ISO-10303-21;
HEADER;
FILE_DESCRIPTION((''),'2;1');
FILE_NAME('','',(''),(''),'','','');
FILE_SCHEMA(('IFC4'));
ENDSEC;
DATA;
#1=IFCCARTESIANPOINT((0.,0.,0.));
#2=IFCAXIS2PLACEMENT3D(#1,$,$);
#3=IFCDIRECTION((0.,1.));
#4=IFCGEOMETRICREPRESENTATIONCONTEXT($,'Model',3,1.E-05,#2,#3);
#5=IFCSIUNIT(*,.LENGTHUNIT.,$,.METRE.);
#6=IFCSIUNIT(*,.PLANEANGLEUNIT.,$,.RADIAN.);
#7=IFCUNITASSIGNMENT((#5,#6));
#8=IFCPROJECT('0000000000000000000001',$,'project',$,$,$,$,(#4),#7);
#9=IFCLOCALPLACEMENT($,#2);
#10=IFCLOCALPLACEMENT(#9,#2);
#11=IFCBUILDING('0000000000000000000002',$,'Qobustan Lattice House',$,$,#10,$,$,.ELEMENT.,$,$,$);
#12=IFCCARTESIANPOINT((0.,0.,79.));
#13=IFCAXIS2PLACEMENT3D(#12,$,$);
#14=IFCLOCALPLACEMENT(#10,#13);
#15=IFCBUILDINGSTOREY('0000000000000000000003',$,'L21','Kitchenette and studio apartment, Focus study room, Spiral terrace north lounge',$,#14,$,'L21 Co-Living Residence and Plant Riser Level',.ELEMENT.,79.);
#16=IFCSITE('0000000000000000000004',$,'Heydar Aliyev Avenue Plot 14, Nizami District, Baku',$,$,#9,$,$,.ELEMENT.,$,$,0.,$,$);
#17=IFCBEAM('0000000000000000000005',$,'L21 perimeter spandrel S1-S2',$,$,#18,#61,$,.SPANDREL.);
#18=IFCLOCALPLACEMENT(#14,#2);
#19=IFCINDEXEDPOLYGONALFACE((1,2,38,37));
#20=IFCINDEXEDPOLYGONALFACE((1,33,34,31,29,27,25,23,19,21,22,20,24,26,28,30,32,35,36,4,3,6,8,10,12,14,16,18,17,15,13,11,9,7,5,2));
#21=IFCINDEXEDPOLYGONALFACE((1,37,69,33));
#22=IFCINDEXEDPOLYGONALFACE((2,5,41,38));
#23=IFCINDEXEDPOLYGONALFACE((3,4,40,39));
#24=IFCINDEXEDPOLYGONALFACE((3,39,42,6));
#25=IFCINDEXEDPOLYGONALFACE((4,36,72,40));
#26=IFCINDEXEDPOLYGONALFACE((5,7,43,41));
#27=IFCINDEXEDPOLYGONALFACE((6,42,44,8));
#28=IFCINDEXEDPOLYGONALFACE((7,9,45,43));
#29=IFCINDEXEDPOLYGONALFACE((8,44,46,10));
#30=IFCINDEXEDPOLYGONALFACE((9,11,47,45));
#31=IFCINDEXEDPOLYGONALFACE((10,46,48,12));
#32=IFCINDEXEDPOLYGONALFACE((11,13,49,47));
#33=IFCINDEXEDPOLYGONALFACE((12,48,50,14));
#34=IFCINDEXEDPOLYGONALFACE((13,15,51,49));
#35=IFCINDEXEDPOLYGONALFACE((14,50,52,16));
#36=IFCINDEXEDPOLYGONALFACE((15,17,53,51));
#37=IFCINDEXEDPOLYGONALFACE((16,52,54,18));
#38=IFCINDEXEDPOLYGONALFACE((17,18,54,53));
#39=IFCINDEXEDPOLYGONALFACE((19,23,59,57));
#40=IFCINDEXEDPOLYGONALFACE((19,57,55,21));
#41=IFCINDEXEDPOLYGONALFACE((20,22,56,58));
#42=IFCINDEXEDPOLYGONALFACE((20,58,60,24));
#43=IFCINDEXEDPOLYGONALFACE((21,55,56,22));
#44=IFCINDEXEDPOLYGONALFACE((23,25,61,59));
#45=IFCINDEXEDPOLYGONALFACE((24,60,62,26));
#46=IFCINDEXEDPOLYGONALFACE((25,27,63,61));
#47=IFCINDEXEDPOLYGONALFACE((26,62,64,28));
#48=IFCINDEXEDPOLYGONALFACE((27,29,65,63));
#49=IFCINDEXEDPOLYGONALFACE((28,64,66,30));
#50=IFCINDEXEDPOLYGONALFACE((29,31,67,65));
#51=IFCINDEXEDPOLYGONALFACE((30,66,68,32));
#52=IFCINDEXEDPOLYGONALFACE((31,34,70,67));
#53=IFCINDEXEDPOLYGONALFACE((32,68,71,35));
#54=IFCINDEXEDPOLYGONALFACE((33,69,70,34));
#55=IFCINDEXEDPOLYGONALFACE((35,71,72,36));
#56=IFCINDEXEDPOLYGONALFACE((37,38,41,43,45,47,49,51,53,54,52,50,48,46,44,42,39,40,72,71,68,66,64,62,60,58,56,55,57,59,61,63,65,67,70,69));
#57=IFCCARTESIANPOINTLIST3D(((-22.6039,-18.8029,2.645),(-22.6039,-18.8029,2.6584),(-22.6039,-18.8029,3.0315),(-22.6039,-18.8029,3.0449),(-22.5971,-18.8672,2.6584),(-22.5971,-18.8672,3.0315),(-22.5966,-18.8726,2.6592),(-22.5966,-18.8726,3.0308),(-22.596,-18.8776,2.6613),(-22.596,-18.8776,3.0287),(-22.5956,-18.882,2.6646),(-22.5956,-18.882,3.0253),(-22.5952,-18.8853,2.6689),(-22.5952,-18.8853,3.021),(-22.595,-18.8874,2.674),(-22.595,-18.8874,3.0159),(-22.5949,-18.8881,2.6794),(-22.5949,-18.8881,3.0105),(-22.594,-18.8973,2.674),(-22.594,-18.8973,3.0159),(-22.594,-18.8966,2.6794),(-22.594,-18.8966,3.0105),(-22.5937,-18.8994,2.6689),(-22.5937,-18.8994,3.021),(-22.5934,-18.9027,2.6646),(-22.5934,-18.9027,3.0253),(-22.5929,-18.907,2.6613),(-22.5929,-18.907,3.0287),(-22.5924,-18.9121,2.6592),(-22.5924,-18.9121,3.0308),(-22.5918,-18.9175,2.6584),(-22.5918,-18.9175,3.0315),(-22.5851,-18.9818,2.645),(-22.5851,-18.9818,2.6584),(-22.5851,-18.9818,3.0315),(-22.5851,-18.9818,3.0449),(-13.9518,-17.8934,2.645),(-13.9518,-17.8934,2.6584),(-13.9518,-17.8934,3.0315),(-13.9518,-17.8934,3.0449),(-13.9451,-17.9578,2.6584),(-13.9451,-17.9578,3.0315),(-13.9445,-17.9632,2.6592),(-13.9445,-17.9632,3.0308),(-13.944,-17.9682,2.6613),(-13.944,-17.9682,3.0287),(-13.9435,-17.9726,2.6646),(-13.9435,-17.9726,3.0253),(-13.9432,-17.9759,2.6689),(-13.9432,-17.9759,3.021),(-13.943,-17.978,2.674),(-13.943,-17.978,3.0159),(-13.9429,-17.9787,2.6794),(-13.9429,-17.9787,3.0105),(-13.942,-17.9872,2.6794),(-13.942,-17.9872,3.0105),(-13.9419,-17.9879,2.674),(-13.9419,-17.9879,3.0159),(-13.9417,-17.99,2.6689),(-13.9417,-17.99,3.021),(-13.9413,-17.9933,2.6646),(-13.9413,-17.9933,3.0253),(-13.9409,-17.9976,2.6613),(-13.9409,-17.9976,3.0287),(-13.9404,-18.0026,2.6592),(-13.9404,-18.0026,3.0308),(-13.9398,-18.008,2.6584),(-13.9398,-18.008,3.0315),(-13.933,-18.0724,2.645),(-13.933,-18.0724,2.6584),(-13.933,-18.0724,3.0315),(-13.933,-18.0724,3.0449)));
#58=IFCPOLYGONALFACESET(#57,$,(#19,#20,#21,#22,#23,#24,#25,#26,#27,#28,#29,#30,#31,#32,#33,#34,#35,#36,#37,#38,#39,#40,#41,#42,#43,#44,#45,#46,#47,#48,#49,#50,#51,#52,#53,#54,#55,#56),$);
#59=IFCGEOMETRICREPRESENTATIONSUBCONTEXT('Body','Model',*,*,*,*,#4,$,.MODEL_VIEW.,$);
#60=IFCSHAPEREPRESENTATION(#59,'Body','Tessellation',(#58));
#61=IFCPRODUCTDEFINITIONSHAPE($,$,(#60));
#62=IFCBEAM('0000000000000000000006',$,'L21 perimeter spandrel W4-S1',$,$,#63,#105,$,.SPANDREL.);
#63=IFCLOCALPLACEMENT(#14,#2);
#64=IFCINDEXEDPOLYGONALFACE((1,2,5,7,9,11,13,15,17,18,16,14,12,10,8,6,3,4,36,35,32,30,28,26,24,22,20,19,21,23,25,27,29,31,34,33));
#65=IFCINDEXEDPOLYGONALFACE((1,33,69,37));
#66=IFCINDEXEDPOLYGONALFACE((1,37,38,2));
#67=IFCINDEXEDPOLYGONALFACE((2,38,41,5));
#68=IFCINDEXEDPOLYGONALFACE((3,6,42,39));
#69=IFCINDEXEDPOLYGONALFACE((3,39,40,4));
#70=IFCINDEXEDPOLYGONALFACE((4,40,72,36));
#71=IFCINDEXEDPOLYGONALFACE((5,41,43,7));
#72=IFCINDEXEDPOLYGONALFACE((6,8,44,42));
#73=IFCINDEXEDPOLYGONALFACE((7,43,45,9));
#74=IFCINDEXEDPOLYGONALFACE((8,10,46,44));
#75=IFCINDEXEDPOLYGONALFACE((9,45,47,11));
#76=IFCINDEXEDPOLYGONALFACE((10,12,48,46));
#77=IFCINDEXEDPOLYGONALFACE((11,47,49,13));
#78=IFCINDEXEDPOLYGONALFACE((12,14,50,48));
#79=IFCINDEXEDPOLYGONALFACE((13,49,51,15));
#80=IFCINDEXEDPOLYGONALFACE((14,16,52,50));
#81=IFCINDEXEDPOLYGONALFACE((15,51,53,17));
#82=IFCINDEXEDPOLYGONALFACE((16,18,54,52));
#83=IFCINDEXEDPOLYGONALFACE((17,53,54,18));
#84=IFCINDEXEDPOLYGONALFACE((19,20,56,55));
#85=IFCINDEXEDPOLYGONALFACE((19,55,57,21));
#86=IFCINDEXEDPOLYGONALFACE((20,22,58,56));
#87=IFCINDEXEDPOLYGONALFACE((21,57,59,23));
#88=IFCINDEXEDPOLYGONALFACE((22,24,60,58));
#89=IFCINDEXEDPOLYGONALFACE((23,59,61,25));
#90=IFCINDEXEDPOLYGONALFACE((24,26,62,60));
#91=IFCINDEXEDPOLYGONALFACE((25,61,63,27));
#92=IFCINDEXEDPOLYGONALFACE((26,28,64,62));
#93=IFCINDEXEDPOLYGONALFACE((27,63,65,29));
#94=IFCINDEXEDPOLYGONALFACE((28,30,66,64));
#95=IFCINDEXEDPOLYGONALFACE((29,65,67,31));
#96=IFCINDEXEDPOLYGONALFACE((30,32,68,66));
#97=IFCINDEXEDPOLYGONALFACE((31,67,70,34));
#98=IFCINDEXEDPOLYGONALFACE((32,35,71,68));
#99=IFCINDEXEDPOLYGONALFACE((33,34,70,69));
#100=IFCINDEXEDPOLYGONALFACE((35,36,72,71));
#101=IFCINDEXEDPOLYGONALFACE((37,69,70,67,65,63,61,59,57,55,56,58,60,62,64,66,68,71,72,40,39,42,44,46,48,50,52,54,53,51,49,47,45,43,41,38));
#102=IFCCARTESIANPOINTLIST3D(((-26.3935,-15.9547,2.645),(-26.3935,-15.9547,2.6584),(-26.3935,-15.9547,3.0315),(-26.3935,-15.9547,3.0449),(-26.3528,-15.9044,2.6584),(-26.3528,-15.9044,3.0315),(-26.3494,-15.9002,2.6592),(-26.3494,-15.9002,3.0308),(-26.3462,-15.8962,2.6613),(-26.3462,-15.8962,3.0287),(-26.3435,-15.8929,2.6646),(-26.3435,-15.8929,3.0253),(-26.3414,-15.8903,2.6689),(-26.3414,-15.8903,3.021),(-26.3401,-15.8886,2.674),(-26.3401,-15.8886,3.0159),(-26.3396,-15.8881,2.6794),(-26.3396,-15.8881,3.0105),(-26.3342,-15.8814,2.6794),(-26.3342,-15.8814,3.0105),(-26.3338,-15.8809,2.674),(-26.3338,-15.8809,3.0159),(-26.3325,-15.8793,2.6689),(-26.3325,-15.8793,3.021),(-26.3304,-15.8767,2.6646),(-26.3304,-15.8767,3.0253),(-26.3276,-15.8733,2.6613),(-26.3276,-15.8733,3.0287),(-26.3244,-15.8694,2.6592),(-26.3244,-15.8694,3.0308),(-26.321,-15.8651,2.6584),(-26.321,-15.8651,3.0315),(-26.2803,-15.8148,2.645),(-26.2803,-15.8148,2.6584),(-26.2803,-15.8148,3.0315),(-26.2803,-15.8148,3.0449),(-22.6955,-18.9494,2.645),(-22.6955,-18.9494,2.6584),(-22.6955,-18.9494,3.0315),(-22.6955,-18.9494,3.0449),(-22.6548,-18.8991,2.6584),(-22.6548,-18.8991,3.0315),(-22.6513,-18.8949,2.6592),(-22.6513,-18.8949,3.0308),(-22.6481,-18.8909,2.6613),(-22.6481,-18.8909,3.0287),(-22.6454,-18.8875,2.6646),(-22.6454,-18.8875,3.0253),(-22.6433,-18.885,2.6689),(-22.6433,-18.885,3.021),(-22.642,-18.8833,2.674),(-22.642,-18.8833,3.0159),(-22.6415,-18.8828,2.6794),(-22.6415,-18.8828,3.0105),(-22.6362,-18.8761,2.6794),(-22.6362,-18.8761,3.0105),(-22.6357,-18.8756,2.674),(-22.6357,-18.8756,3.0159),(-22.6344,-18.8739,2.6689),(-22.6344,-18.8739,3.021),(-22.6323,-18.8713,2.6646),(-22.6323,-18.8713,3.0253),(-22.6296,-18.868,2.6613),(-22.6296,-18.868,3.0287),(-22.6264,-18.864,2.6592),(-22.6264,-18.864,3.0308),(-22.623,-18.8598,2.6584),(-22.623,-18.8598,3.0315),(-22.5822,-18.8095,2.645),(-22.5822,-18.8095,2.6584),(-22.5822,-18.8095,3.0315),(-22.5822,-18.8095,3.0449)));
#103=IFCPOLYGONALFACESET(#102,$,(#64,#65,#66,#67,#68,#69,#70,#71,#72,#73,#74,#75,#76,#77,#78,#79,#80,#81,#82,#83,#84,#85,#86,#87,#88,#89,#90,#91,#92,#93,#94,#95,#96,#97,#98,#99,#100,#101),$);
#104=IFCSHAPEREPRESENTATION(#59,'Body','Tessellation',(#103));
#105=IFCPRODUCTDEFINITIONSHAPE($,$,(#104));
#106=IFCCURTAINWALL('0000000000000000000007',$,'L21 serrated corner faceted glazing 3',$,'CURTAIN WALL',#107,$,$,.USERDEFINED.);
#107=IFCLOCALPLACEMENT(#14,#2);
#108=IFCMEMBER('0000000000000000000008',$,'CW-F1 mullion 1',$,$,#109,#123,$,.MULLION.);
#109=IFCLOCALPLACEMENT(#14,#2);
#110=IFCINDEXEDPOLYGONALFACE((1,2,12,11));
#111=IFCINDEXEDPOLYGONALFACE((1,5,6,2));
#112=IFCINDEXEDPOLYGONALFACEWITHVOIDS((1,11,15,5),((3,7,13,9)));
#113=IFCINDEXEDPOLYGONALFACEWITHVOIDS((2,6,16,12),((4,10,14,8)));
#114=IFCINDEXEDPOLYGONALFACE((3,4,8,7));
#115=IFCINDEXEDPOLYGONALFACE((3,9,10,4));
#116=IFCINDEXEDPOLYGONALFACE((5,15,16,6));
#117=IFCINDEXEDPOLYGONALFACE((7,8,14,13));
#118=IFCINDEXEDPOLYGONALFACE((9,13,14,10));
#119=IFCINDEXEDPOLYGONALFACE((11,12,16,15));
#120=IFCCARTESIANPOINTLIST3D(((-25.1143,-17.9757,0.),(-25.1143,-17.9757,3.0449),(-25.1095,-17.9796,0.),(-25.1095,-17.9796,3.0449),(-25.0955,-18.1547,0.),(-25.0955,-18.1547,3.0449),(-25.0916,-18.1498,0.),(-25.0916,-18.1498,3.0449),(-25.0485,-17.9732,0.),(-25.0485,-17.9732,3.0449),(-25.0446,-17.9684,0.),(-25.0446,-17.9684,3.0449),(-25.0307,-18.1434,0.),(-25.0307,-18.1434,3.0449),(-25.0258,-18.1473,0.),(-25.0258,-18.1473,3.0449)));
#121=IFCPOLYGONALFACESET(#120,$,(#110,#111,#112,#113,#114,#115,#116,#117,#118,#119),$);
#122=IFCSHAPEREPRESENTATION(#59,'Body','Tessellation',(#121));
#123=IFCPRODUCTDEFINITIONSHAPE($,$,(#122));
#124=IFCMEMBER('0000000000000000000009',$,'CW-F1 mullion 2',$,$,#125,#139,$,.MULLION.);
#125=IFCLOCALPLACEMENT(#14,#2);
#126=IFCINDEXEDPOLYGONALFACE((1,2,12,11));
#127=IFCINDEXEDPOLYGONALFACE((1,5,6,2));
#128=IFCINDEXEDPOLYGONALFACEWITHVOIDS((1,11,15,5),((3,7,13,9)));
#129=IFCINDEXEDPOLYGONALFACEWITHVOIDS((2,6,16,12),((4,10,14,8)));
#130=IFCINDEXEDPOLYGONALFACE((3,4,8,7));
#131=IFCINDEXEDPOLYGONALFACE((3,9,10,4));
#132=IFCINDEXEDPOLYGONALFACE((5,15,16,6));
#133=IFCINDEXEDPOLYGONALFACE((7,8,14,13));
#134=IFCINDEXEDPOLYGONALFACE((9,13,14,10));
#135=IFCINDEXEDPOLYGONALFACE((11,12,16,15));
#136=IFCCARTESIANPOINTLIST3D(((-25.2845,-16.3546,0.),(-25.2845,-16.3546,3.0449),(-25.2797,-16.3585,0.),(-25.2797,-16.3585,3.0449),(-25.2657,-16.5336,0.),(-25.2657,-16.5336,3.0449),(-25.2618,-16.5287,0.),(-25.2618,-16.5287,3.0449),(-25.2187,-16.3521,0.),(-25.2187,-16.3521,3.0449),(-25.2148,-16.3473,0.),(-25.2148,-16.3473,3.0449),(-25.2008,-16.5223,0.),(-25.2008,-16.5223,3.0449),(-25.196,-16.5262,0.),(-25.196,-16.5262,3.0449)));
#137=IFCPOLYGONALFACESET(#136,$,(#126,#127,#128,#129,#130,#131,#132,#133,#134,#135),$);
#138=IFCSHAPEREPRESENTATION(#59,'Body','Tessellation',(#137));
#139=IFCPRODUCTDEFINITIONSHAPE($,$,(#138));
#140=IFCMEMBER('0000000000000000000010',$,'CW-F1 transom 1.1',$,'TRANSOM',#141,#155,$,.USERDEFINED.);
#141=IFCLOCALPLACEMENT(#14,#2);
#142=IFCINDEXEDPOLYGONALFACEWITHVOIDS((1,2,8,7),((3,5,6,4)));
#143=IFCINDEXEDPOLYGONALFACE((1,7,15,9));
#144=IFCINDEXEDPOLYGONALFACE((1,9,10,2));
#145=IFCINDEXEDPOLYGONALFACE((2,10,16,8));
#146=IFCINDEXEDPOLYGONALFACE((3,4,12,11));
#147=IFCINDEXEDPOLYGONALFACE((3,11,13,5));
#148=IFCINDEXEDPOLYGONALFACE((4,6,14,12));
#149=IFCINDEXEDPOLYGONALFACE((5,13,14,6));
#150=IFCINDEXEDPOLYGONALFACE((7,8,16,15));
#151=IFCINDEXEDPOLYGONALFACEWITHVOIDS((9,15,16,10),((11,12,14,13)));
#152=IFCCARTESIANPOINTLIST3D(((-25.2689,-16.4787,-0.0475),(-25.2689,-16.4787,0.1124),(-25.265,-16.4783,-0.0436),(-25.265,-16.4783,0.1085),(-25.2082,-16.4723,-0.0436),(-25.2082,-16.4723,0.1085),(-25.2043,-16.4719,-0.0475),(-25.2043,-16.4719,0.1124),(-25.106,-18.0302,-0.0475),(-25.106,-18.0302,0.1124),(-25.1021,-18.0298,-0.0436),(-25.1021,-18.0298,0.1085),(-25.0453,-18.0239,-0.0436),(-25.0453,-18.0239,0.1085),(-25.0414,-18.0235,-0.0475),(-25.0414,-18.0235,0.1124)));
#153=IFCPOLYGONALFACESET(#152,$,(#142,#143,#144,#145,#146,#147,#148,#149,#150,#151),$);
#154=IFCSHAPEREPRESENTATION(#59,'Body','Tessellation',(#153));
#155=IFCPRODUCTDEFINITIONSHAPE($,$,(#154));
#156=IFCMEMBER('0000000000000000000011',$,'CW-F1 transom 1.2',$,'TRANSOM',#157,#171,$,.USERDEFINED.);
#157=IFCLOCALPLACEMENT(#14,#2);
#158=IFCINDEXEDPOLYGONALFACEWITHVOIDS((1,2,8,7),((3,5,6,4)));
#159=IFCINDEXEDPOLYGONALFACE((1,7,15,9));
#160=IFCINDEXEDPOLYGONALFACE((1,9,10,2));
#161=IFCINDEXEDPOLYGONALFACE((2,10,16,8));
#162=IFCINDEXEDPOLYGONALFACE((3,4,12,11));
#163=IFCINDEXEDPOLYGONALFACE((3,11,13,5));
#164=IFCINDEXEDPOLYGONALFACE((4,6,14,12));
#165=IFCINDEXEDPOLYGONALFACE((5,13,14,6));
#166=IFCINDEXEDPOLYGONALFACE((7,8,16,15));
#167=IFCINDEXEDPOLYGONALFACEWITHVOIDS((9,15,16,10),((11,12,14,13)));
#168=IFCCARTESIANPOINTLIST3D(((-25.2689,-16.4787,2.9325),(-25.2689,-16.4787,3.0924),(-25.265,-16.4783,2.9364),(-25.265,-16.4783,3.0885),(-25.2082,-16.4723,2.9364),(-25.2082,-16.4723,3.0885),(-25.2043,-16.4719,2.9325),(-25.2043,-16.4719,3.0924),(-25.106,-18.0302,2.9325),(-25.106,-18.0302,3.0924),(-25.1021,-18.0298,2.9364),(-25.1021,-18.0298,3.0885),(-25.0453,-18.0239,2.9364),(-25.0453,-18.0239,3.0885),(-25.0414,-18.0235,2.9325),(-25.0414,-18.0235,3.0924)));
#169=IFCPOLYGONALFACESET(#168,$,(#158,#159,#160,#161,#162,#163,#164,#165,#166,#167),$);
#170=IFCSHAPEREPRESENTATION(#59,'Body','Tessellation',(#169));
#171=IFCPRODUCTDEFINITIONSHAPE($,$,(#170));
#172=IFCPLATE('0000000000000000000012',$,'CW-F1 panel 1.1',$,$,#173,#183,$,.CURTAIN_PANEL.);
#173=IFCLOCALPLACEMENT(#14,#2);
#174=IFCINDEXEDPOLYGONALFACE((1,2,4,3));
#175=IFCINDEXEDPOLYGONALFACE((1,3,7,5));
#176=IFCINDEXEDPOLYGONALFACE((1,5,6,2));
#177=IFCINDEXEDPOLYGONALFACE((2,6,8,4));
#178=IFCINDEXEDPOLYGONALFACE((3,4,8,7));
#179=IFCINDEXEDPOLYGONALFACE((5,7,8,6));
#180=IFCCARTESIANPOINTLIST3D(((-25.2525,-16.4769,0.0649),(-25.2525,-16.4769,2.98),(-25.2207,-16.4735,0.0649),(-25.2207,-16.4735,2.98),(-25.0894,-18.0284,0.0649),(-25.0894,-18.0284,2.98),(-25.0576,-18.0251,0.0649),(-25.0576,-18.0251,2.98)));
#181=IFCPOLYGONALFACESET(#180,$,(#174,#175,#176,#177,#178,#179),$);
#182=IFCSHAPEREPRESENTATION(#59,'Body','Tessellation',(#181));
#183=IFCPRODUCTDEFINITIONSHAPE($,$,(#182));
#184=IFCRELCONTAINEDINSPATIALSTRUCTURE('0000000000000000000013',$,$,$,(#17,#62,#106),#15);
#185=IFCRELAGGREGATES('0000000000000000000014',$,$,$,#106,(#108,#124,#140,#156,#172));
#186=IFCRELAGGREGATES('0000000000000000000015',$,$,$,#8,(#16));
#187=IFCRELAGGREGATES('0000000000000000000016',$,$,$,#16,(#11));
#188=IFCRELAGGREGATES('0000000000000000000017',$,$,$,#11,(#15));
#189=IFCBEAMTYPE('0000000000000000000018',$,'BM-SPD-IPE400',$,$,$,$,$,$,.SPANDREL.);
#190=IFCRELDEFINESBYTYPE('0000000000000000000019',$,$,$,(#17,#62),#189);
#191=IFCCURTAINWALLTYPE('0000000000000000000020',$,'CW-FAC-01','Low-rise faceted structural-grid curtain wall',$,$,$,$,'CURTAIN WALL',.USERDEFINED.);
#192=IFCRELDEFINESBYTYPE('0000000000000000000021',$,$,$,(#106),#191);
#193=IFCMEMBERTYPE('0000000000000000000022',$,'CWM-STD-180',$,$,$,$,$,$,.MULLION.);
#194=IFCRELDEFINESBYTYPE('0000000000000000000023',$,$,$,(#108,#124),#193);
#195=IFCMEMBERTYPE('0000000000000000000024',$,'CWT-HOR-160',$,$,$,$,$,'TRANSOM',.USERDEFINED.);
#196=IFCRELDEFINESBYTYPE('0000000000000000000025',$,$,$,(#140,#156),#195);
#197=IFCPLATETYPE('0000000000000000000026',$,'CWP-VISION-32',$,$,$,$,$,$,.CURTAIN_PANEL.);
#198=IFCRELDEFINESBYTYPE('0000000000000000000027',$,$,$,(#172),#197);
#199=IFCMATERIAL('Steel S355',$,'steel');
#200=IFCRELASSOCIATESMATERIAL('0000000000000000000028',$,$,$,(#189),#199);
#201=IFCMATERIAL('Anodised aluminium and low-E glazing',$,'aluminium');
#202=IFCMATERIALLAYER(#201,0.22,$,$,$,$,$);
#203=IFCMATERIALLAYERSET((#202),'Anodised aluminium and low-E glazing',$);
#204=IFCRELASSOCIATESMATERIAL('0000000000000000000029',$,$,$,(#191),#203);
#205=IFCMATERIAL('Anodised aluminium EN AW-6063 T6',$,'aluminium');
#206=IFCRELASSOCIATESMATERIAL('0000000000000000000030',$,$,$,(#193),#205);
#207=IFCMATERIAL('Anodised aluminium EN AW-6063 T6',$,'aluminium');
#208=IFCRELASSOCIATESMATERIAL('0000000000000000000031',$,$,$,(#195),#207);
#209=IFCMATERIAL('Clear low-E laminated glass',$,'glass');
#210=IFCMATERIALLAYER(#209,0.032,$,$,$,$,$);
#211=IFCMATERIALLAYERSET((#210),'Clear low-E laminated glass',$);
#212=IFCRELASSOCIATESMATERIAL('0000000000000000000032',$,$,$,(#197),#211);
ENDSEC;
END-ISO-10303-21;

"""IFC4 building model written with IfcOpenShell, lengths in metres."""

from ifc_helpers import new_model, si_unit, direction, frame, origin, origin_2d, place, context, subcontext, project, spatial, rectangle, hollow_rectangle, i_section, extrude, material, layer, layer_set, material_profile, profile_set, type_object, element, aggregate, save


model = new_model("IFC4")

# Units and contexts
model_context = context("Model", 3, precision=1e-05, world=origin(), true_north=direction((0.0, 1.0)))
body_context = subcontext(model_context, "Body", "Model", "MODEL_VIEW")
ifc_project = project(units=[si_unit("LENGTHUNIT", "METRE"), si_unit("PLANEANGLEUNIT", "RADIAN")], contexts=[model_context])

# Site, building, storey
site_placement = place(None, origin())
site = spatial("IfcSite", under=ifc_project, at=site_placement, Name="Heydar Aliyev Avenue Plot 14, Nizami District, Baku", CompositionType="ELEMENT", RefElevation=0.0)
building_placement = place(site_placement, origin())
building = spatial("IfcBuilding", under=site, at=building_placement, Name="Qobustan Lattice House", CompositionType="ELEMENT")
storey_placement = place(building_placement, frame((0.0, 0.0, 79.0)))
storey = spatial("IfcBuildingStorey", under=building, at=storey_placement, Name="L21", Description="Kitchenette and studio apartment, Focus study room, Spiral terrace north lounge", LongName="L21 Co-Living Residence and Plant Riser Level", CompositionType="ELEMENT", Elevation=79.0)

# Beams
ifc_material_1 = material(Name="Steel S355", Category="steel")
ifc_material_profile_1 = material_profile(ifc_material_1, i_section(OverallWidth=0.1799, OverallDepth=0.3999, WebThickness=0.0085, FlangeThickness=0.0134, FilletRadius=0.021, at=origin_2d()), Name="IPE400")
ifc_profile_set_1 = profile_set([ifc_material_profile_1], Name="Steel S355")
beam_type_1 = type_object("IfcBeamType", Name="BM-SPD-IPE400", PredefinedType="SPANDREL", material=ifc_profile_set_1)
beam_1_placement = place(storey_placement, frame((-22.5945, -18.8923, 2.845), z_axis=(0.994521, 0.104534, 0.0), x_axis=(-0.104534, 0.994521, 0.0)))
element("IfcBeam", 1, at=beam_1_placement, inside=storey, type_object=beam_type_1, Name="L21 perimeter spandrel S1-S2", PredefinedType="SPANDREL", context=body_context, shape_type="SweptSolid", body=[
    extrude(i_section(OverallWidth=0.1799, OverallDepth=0.3999, WebThickness=0.0085, FlangeThickness=0.0134, FilletRadius=0.021, at=origin_2d()), origin(), (0.0, 0.0, 1.0), 8.6997),
])
beam_2_placement = place(storey_placement, frame((-26.3369, -15.8848, 2.845), z_axis=(0.777141, -0.629327, 0.0), x_axis=(0.629327, 0.777141, 0.0)))
element("IfcBeam", 2, at=beam_2_placement, inside=storey, type_object=beam_type_1, Name="L21 perimeter spandrel W4-S1", PredefinedType="SPANDREL", context=body_context, shape_type="SweptSolid", body=[
    extrude(i_section(OverallWidth=0.1799, OverallDepth=0.3999, WebThickness=0.0085, FlangeThickness=0.0134, FilletRadius=0.021, at=origin_2d()), origin(), (0.0, 0.0, 1.0), 4.7585),
])

# Curtain wall, members, plate
ifc_material_2 = material(Name="Anodised aluminium and low-E glazing", Category="aluminium")
ifc_layer_1 = layer(ifc_material_2, 0.22)
ifc_layer_set_1 = layer_set([ifc_layer_1], Name="Anodised aluminium and low-E glazing")
curtain_wall_type = type_object("IfcCurtainWallType", Name="CW-FAC-01", Description="Low-rise faceted structural-grid curtain wall", ElementType="CURTAIN WALL", PredefinedType="USERDEFINED", material=ifc_layer_set_1)
curtain_wall_placement = place(storey_placement, origin())
curtain_wall = element("IfcCurtainWall", 3, at=curtain_wall_placement, inside=storey, type_object=curtain_wall_type, Name="L21 serrated corner faceted glazing 3", ObjectType="CURTAIN WALL", PredefinedType="USERDEFINED")
ifc_material_3 = material(Name="Anodised aluminium EN AW-6063 T6", Category="aluminium")
ifc_material_profile_2 = material_profile(ifc_material_3, hollow_rectangle(XDim=0.0701, YDim=0.1799, WallThickness=0.0044, at=origin_2d()), Name="CWM-180x70")
ifc_profile_set_2 = profile_set([ifc_material_profile_2], Name="Anodised aluminium EN AW-6063 T6")
member_type_1 = type_object("IfcMemberType", Name="CWM-STD-180", PredefinedType="MULLION", material=ifc_profile_set_2)
member_1_placement = place(storey_placement, frame((-25.0701, -18.0615, 0.0), z_axis=(0.0, 0.0, 1.0), x_axis=(-0.994522, -0.104529, 0.0)))
member_1 = element("IfcMember", 4, at=member_1_placement, type_object=member_type_1, Name="CW-F1 mullion 1", PredefinedType="MULLION", context=body_context, shape_type="SweptSolid", body=[
    extrude(hollow_rectangle(XDim=0.0701, YDim=0.1799, WallThickness=0.0044, at=origin_2d()), origin(), (0.0, 0.0, 1.0), 3.0449),
])
member_2_placement = place(storey_placement, frame((-25.2402, -16.4404, 0.0), z_axis=(0.0, 0.0, 1.0), x_axis=(-0.994522, -0.104529, 0.0)))
member_2 = element("IfcMember", 5, at=member_2_placement, type_object=member_type_1, Name="CW-F1 mullion 2", PredefinedType="MULLION", context=body_context, shape_type="SweptSolid", body=[
    extrude(hollow_rectangle(XDim=0.0701, YDim=0.1799, WallThickness=0.0044, at=origin_2d()), origin(), (0.0, 0.0, 1.0), 3.0449),
])
ifc_material_4 = material(Name="Anodised aluminium EN AW-6063 T6", Category="aluminium")
ifc_material_profile_3 = material_profile(ifc_material_4, hollow_rectangle(XDim=0.0649, YDim=0.1599, WallThickness=0.0039, at=origin_2d()), Name="CWT-160x65")
ifc_profile_set_3 = profile_set([ifc_material_profile_3], Name="Anodised aluminium EN AW-6063 T6")
member_type_2 = type_object("IfcMemberType", Name="CWT-HOR-160", ElementType="TRANSOM", PredefinedType="USERDEFINED", material=ifc_profile_set_3)
member_3_placement = place(storey_placement, frame((-25.0737, -18.0269, 0.0325), z_axis=(-0.104383, 0.994537, 0.0), x_axis=(-0.994537, -0.104383, 0.0)))
member_3 = element("IfcMember", 6, at=member_3_placement, type_object=member_type_2, Name="CW-F1 transom 1.1", ObjectType="TRANSOM", PredefinedType="USERDEFINED", context=body_context, shape_type="SweptSolid", body=[
    extrude(hollow_rectangle(XDim=0.0649, YDim=0.1599, WallThickness=0.0039, at=origin_2d()), origin(), (0.0, 0.0, 1.0), 1.5601),
])
member_4_placement = place(storey_placement, frame((-25.0737, -18.0269, 3.0125), z_axis=(-0.104383, 0.994537, 0.0), x_axis=(-0.994537, -0.104383, 0.0)))
member_4 = element("IfcMember", 7, at=member_4_placement, type_object=member_type_2, Name="CW-F1 transom 1.2", ObjectType="TRANSOM", PredefinedType="USERDEFINED", context=body_context, shape_type="SweptSolid", body=[
    extrude(hollow_rectangle(XDim=0.0649, YDim=0.1599, WallThickness=0.0039, at=origin_2d()), origin(), (0.0, 0.0, 1.0), 1.5601),
])
ifc_material_5 = material(Name="Clear low-E laminated glass", Category="glass")
ifc_layer_2 = layer(ifc_material_5, 0.032)
ifc_layer_set_2 = layer_set([ifc_layer_2], Name="Clear low-E laminated glass")
plate_type = type_object("IfcPlateType", Name="CWP-VISION-32", PredefinedType="CURTAIN_PANEL", material=ifc_layer_set_2)
plate_placement = place(storey_placement, frame((-25.155, -17.251, 0.0649), z_axis=(0.0, 0.0, 1.0), x_axis=(-0.104529, 0.994522, 0.0)))
plate = element("IfcPlate", 8, at=plate_placement, type_object=plate_type, Name="CW-F1 panel 1.1", PredefinedType="CURTAIN_PANEL", context=body_context, shape_type="SweptSolid", body=[
    extrude(rectangle(XDim=1.5601, YDim=0.032, at=origin_2d()), origin(), (0.0, 0.0, 1.0), 2.915),
])
aggregate(curtain_wall, [member_1, member_2, member_3, member_4, plate])

save(model, "model.ifc")
